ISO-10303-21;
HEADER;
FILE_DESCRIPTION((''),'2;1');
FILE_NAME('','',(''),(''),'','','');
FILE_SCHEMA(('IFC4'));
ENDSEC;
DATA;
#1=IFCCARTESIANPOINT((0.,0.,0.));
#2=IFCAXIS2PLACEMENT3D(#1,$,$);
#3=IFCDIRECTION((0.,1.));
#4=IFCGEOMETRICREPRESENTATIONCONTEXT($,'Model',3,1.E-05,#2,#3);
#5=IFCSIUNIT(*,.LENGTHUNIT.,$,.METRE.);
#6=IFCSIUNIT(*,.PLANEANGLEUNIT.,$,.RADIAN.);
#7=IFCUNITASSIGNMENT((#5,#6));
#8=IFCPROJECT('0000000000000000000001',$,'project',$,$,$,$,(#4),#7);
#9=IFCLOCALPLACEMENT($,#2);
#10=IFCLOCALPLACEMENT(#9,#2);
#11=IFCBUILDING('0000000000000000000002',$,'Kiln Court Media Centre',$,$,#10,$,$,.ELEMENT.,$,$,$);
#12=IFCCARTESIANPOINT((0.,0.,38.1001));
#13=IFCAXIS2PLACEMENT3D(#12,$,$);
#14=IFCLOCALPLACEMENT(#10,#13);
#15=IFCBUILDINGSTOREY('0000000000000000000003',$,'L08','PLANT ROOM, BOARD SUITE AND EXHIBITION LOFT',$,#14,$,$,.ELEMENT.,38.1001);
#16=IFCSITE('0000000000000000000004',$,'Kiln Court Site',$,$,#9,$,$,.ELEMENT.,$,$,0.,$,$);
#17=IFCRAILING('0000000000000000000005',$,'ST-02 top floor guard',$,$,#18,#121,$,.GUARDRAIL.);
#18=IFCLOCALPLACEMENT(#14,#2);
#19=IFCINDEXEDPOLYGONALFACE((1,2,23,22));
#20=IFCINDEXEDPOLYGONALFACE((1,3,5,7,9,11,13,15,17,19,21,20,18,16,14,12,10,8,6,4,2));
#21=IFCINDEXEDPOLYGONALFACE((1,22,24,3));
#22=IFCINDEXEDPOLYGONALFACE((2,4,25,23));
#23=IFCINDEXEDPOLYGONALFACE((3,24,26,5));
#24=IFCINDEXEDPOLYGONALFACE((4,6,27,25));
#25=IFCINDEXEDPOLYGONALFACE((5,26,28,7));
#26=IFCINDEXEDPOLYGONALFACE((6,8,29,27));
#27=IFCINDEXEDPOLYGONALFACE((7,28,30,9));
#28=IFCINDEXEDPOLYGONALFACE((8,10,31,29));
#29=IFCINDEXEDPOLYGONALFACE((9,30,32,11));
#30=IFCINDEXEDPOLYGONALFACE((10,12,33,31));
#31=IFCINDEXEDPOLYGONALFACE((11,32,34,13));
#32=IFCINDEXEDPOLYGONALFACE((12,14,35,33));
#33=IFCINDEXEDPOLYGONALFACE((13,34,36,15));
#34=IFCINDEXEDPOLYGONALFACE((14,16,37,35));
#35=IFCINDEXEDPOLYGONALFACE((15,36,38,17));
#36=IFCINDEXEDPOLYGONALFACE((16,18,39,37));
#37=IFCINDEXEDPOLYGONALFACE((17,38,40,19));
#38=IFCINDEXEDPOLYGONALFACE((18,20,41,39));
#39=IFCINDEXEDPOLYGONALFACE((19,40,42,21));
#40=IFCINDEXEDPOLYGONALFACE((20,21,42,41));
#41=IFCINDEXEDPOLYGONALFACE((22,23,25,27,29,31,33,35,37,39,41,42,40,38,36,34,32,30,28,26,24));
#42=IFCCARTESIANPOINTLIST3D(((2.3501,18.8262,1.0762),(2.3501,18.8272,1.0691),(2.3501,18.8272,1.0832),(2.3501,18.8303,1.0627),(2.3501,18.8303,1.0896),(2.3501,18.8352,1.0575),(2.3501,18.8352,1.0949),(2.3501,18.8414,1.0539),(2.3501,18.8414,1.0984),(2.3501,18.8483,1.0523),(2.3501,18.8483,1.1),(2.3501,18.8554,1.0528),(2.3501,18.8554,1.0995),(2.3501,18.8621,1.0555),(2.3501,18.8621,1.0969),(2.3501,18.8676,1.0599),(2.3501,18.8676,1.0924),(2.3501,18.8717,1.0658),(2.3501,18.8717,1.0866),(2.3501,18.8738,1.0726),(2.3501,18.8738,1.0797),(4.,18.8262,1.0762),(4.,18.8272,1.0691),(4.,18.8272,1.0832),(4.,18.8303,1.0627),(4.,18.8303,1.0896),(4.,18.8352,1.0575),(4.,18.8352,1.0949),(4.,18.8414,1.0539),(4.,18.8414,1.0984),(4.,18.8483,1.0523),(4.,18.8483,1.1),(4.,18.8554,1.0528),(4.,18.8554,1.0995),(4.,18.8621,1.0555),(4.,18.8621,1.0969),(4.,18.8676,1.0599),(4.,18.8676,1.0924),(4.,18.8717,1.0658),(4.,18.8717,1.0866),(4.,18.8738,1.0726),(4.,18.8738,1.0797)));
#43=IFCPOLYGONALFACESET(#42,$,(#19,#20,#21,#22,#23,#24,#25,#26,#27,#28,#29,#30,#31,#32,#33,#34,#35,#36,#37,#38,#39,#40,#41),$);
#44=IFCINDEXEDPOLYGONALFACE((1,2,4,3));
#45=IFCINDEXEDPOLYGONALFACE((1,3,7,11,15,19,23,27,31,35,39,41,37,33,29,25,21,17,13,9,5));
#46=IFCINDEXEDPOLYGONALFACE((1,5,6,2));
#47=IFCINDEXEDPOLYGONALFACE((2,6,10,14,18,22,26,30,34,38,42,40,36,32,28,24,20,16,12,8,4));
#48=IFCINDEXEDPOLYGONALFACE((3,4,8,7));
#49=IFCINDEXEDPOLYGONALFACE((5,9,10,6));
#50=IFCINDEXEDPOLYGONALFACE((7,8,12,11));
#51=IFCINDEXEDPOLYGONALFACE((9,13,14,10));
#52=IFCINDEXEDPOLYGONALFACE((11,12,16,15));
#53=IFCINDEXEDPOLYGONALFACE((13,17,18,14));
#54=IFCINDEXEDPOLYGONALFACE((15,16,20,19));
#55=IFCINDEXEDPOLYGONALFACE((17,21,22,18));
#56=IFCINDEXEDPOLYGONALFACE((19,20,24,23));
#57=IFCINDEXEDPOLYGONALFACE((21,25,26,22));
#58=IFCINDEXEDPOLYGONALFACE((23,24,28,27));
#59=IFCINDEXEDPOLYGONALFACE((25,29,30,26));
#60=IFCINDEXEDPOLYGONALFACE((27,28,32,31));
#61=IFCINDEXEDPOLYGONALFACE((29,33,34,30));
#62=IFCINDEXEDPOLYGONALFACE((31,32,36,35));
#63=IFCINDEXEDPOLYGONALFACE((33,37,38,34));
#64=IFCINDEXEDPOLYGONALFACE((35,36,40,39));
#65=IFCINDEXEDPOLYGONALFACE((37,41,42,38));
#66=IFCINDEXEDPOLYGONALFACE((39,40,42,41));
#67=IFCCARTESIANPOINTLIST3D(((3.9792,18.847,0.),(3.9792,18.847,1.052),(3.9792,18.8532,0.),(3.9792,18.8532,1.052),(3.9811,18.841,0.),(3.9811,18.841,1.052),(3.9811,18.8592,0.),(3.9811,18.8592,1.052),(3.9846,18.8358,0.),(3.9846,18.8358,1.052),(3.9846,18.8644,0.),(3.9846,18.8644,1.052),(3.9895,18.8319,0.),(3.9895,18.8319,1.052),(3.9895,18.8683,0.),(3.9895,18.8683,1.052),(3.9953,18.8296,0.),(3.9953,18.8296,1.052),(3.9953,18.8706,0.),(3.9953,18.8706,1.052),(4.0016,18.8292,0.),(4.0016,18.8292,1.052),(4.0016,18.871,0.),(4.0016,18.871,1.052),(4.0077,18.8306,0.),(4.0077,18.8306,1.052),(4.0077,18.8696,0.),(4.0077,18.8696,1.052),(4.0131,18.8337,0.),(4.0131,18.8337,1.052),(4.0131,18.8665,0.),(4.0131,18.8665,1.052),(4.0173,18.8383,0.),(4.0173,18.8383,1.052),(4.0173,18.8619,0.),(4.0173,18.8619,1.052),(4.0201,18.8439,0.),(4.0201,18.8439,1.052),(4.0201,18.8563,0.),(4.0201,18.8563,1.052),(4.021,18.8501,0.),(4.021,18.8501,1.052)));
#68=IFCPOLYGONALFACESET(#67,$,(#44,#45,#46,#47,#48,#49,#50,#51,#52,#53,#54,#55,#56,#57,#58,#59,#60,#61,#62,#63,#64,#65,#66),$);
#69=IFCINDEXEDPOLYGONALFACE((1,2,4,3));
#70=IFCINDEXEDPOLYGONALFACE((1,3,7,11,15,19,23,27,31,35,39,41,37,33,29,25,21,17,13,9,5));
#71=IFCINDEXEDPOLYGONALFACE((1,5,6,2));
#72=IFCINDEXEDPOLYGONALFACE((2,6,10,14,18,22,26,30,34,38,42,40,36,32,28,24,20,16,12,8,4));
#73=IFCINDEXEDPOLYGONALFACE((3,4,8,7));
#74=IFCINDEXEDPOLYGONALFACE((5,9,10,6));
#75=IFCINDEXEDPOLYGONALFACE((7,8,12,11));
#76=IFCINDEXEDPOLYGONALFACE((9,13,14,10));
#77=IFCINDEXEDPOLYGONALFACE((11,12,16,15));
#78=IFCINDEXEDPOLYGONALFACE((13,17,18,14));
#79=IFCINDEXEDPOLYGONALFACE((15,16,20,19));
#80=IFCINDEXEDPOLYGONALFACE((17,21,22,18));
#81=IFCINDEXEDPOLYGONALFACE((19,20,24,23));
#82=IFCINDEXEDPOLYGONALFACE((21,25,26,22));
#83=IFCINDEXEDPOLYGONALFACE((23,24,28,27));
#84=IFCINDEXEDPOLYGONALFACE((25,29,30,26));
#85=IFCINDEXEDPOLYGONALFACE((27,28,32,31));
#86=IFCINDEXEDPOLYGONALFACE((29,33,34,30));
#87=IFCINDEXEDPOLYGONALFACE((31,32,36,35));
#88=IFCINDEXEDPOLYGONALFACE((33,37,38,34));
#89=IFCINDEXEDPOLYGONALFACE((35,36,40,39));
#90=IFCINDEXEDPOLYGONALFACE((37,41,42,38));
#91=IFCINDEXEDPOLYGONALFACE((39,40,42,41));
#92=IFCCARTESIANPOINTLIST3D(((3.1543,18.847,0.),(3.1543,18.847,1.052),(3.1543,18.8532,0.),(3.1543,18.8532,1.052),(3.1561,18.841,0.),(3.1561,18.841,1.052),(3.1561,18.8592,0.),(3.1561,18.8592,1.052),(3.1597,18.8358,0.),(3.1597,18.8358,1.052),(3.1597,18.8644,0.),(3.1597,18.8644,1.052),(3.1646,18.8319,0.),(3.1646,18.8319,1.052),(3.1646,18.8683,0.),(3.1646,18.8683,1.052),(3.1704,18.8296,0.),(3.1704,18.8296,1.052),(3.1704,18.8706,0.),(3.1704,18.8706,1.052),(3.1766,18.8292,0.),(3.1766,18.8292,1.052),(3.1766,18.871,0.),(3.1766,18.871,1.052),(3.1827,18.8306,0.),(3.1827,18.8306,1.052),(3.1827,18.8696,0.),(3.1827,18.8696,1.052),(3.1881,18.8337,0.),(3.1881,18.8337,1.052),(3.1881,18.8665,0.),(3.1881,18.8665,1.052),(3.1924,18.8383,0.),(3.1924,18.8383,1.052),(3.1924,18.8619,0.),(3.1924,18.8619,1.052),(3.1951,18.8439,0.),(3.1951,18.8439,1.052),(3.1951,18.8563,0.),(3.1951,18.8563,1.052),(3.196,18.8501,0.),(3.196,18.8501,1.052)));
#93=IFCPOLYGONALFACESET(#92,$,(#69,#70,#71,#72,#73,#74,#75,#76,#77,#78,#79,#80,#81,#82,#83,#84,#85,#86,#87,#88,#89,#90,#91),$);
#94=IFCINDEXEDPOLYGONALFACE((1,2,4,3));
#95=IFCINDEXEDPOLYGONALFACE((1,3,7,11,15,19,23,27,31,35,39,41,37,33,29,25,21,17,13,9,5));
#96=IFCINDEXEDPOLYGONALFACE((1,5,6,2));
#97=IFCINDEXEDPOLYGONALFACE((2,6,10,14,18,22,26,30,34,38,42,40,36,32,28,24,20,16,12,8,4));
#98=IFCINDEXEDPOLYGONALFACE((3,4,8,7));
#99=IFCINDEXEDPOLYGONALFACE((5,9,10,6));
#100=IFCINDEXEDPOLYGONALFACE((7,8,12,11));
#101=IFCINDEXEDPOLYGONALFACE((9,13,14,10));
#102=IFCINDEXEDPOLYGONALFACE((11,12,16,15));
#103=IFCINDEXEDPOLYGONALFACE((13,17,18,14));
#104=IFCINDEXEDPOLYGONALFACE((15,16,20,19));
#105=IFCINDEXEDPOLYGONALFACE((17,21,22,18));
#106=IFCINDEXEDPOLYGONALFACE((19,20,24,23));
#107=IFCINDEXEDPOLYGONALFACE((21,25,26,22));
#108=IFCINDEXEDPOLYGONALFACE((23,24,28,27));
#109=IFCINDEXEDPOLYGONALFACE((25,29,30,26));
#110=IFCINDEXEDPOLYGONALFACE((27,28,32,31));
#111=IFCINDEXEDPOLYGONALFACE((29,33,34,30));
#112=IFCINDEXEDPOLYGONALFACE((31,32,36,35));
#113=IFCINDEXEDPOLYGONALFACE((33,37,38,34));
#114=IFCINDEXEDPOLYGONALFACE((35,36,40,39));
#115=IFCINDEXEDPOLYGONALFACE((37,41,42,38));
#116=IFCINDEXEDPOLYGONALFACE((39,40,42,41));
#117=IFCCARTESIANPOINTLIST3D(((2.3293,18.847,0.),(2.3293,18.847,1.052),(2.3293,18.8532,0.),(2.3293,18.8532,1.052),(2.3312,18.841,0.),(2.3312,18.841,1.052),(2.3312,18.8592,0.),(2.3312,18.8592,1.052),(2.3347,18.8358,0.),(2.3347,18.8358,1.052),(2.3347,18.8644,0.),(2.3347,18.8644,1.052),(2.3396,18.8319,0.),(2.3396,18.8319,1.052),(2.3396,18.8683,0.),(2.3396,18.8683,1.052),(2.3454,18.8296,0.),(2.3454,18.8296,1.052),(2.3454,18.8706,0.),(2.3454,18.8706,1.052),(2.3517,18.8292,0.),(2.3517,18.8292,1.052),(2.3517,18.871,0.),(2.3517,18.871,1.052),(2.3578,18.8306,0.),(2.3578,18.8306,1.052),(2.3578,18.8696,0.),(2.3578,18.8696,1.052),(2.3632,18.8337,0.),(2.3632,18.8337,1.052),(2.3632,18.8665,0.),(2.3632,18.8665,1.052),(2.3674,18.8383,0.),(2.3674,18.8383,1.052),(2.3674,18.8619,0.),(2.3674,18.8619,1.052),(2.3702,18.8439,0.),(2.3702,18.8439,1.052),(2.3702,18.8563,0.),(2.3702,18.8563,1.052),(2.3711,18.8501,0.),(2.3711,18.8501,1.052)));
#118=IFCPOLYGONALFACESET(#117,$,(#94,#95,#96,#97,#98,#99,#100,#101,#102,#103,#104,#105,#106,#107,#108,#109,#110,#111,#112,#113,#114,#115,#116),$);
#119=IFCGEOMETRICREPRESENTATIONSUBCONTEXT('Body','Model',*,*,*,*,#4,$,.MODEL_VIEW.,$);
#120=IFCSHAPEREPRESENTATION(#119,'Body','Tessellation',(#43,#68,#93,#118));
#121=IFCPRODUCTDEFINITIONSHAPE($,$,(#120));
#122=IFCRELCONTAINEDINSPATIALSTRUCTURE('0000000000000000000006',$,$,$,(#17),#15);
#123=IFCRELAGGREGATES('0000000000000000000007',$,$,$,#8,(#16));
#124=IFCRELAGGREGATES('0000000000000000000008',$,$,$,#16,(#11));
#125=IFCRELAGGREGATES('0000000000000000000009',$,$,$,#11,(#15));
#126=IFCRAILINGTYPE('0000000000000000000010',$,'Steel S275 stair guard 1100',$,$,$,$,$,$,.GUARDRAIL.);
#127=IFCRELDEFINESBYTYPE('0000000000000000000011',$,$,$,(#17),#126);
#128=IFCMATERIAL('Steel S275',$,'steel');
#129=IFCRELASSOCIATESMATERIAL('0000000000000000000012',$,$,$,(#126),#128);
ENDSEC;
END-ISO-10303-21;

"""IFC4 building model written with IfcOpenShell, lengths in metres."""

from ifc_helpers import new_model, si_unit, direction, frame, origin, origin_2d, place, context, subcontext, project, spatial, circle, extrude, material, type_object, element, save


model = new_model("IFC4")

# Units and contexts
model_context = context("Model", 3, precision=1e-05, world=origin(), true_north=direction((0.0, 1.0)))
body_context = subcontext(model_context, "Body", "Model", "MODEL_VIEW")
ifc_project = project(units=[si_unit("LENGTHUNIT", "METRE"), si_unit("PLANEANGLEUNIT", "RADIAN")], contexts=[model_context])

# Site, building, storey
site_placement = place(None, origin())
site = spatial("IfcSite", under=ifc_project, at=site_placement, Name="Kiln Court Site", CompositionType="ELEMENT", RefElevation=0.0)
building_placement = place(site_placement, origin())
building = spatial("IfcBuilding", under=site, at=building_placement, Name="Kiln Court Media Centre", CompositionType="ELEMENT")
storey_placement = place(building_placement, frame((0.0, 0.0, 38.1001)))
storey = spatial("IfcBuildingStorey", under=building, at=storey_placement, Name="L08", Description="PLANT ROOM, BOARD SUITE AND EXHIBITION LOFT", CompositionType="ELEMENT", Elevation=38.1001)

# Railing
ifc_material_1 = material(Name="Steel S275", Category="steel")
railing_type_1 = type_object("IfcRailingType", Name="Steel S275 stair guard 1100", PredefinedType="GUARDRAIL", material=ifc_material_1)
railing_1_placement = place(storey_placement, frame((4.0, 18.8501, 0.0)))
element("IfcRailing", 1, at=railing_1_placement, inside=storey, type_object=railing_type_1, Name="ST-02 top floor guard", PredefinedType="GUARDRAIL", context=body_context, shape_type="SweptSolid", body=[
    extrude(circle(Radius=0.0239, at=origin_2d()), frame((0.0, 0.0, 1.0762), z_axis=(-1.0, 0.0, 0.0), x_axis=(0.0, -1.0, 0.0)), (0.0, 0.0, 1.0), 1.6499),
    extrude(circle(Radius=0.021, at=origin_2d()), origin(), (0.0, 0.0, 1.0), 1.052),
    extrude(circle(Radius=0.021, at=origin_2d()), frame((-0.825, 0.0, 0.0)), (0.0, 0.0, 1.0), 1.052),
    extrude(circle(Radius=0.021, at=origin_2d()), frame((-1.6499, 0.0, 0.0)), (0.0, 0.0, 1.0), 1.052),
])

save(model, "model.ifc")
